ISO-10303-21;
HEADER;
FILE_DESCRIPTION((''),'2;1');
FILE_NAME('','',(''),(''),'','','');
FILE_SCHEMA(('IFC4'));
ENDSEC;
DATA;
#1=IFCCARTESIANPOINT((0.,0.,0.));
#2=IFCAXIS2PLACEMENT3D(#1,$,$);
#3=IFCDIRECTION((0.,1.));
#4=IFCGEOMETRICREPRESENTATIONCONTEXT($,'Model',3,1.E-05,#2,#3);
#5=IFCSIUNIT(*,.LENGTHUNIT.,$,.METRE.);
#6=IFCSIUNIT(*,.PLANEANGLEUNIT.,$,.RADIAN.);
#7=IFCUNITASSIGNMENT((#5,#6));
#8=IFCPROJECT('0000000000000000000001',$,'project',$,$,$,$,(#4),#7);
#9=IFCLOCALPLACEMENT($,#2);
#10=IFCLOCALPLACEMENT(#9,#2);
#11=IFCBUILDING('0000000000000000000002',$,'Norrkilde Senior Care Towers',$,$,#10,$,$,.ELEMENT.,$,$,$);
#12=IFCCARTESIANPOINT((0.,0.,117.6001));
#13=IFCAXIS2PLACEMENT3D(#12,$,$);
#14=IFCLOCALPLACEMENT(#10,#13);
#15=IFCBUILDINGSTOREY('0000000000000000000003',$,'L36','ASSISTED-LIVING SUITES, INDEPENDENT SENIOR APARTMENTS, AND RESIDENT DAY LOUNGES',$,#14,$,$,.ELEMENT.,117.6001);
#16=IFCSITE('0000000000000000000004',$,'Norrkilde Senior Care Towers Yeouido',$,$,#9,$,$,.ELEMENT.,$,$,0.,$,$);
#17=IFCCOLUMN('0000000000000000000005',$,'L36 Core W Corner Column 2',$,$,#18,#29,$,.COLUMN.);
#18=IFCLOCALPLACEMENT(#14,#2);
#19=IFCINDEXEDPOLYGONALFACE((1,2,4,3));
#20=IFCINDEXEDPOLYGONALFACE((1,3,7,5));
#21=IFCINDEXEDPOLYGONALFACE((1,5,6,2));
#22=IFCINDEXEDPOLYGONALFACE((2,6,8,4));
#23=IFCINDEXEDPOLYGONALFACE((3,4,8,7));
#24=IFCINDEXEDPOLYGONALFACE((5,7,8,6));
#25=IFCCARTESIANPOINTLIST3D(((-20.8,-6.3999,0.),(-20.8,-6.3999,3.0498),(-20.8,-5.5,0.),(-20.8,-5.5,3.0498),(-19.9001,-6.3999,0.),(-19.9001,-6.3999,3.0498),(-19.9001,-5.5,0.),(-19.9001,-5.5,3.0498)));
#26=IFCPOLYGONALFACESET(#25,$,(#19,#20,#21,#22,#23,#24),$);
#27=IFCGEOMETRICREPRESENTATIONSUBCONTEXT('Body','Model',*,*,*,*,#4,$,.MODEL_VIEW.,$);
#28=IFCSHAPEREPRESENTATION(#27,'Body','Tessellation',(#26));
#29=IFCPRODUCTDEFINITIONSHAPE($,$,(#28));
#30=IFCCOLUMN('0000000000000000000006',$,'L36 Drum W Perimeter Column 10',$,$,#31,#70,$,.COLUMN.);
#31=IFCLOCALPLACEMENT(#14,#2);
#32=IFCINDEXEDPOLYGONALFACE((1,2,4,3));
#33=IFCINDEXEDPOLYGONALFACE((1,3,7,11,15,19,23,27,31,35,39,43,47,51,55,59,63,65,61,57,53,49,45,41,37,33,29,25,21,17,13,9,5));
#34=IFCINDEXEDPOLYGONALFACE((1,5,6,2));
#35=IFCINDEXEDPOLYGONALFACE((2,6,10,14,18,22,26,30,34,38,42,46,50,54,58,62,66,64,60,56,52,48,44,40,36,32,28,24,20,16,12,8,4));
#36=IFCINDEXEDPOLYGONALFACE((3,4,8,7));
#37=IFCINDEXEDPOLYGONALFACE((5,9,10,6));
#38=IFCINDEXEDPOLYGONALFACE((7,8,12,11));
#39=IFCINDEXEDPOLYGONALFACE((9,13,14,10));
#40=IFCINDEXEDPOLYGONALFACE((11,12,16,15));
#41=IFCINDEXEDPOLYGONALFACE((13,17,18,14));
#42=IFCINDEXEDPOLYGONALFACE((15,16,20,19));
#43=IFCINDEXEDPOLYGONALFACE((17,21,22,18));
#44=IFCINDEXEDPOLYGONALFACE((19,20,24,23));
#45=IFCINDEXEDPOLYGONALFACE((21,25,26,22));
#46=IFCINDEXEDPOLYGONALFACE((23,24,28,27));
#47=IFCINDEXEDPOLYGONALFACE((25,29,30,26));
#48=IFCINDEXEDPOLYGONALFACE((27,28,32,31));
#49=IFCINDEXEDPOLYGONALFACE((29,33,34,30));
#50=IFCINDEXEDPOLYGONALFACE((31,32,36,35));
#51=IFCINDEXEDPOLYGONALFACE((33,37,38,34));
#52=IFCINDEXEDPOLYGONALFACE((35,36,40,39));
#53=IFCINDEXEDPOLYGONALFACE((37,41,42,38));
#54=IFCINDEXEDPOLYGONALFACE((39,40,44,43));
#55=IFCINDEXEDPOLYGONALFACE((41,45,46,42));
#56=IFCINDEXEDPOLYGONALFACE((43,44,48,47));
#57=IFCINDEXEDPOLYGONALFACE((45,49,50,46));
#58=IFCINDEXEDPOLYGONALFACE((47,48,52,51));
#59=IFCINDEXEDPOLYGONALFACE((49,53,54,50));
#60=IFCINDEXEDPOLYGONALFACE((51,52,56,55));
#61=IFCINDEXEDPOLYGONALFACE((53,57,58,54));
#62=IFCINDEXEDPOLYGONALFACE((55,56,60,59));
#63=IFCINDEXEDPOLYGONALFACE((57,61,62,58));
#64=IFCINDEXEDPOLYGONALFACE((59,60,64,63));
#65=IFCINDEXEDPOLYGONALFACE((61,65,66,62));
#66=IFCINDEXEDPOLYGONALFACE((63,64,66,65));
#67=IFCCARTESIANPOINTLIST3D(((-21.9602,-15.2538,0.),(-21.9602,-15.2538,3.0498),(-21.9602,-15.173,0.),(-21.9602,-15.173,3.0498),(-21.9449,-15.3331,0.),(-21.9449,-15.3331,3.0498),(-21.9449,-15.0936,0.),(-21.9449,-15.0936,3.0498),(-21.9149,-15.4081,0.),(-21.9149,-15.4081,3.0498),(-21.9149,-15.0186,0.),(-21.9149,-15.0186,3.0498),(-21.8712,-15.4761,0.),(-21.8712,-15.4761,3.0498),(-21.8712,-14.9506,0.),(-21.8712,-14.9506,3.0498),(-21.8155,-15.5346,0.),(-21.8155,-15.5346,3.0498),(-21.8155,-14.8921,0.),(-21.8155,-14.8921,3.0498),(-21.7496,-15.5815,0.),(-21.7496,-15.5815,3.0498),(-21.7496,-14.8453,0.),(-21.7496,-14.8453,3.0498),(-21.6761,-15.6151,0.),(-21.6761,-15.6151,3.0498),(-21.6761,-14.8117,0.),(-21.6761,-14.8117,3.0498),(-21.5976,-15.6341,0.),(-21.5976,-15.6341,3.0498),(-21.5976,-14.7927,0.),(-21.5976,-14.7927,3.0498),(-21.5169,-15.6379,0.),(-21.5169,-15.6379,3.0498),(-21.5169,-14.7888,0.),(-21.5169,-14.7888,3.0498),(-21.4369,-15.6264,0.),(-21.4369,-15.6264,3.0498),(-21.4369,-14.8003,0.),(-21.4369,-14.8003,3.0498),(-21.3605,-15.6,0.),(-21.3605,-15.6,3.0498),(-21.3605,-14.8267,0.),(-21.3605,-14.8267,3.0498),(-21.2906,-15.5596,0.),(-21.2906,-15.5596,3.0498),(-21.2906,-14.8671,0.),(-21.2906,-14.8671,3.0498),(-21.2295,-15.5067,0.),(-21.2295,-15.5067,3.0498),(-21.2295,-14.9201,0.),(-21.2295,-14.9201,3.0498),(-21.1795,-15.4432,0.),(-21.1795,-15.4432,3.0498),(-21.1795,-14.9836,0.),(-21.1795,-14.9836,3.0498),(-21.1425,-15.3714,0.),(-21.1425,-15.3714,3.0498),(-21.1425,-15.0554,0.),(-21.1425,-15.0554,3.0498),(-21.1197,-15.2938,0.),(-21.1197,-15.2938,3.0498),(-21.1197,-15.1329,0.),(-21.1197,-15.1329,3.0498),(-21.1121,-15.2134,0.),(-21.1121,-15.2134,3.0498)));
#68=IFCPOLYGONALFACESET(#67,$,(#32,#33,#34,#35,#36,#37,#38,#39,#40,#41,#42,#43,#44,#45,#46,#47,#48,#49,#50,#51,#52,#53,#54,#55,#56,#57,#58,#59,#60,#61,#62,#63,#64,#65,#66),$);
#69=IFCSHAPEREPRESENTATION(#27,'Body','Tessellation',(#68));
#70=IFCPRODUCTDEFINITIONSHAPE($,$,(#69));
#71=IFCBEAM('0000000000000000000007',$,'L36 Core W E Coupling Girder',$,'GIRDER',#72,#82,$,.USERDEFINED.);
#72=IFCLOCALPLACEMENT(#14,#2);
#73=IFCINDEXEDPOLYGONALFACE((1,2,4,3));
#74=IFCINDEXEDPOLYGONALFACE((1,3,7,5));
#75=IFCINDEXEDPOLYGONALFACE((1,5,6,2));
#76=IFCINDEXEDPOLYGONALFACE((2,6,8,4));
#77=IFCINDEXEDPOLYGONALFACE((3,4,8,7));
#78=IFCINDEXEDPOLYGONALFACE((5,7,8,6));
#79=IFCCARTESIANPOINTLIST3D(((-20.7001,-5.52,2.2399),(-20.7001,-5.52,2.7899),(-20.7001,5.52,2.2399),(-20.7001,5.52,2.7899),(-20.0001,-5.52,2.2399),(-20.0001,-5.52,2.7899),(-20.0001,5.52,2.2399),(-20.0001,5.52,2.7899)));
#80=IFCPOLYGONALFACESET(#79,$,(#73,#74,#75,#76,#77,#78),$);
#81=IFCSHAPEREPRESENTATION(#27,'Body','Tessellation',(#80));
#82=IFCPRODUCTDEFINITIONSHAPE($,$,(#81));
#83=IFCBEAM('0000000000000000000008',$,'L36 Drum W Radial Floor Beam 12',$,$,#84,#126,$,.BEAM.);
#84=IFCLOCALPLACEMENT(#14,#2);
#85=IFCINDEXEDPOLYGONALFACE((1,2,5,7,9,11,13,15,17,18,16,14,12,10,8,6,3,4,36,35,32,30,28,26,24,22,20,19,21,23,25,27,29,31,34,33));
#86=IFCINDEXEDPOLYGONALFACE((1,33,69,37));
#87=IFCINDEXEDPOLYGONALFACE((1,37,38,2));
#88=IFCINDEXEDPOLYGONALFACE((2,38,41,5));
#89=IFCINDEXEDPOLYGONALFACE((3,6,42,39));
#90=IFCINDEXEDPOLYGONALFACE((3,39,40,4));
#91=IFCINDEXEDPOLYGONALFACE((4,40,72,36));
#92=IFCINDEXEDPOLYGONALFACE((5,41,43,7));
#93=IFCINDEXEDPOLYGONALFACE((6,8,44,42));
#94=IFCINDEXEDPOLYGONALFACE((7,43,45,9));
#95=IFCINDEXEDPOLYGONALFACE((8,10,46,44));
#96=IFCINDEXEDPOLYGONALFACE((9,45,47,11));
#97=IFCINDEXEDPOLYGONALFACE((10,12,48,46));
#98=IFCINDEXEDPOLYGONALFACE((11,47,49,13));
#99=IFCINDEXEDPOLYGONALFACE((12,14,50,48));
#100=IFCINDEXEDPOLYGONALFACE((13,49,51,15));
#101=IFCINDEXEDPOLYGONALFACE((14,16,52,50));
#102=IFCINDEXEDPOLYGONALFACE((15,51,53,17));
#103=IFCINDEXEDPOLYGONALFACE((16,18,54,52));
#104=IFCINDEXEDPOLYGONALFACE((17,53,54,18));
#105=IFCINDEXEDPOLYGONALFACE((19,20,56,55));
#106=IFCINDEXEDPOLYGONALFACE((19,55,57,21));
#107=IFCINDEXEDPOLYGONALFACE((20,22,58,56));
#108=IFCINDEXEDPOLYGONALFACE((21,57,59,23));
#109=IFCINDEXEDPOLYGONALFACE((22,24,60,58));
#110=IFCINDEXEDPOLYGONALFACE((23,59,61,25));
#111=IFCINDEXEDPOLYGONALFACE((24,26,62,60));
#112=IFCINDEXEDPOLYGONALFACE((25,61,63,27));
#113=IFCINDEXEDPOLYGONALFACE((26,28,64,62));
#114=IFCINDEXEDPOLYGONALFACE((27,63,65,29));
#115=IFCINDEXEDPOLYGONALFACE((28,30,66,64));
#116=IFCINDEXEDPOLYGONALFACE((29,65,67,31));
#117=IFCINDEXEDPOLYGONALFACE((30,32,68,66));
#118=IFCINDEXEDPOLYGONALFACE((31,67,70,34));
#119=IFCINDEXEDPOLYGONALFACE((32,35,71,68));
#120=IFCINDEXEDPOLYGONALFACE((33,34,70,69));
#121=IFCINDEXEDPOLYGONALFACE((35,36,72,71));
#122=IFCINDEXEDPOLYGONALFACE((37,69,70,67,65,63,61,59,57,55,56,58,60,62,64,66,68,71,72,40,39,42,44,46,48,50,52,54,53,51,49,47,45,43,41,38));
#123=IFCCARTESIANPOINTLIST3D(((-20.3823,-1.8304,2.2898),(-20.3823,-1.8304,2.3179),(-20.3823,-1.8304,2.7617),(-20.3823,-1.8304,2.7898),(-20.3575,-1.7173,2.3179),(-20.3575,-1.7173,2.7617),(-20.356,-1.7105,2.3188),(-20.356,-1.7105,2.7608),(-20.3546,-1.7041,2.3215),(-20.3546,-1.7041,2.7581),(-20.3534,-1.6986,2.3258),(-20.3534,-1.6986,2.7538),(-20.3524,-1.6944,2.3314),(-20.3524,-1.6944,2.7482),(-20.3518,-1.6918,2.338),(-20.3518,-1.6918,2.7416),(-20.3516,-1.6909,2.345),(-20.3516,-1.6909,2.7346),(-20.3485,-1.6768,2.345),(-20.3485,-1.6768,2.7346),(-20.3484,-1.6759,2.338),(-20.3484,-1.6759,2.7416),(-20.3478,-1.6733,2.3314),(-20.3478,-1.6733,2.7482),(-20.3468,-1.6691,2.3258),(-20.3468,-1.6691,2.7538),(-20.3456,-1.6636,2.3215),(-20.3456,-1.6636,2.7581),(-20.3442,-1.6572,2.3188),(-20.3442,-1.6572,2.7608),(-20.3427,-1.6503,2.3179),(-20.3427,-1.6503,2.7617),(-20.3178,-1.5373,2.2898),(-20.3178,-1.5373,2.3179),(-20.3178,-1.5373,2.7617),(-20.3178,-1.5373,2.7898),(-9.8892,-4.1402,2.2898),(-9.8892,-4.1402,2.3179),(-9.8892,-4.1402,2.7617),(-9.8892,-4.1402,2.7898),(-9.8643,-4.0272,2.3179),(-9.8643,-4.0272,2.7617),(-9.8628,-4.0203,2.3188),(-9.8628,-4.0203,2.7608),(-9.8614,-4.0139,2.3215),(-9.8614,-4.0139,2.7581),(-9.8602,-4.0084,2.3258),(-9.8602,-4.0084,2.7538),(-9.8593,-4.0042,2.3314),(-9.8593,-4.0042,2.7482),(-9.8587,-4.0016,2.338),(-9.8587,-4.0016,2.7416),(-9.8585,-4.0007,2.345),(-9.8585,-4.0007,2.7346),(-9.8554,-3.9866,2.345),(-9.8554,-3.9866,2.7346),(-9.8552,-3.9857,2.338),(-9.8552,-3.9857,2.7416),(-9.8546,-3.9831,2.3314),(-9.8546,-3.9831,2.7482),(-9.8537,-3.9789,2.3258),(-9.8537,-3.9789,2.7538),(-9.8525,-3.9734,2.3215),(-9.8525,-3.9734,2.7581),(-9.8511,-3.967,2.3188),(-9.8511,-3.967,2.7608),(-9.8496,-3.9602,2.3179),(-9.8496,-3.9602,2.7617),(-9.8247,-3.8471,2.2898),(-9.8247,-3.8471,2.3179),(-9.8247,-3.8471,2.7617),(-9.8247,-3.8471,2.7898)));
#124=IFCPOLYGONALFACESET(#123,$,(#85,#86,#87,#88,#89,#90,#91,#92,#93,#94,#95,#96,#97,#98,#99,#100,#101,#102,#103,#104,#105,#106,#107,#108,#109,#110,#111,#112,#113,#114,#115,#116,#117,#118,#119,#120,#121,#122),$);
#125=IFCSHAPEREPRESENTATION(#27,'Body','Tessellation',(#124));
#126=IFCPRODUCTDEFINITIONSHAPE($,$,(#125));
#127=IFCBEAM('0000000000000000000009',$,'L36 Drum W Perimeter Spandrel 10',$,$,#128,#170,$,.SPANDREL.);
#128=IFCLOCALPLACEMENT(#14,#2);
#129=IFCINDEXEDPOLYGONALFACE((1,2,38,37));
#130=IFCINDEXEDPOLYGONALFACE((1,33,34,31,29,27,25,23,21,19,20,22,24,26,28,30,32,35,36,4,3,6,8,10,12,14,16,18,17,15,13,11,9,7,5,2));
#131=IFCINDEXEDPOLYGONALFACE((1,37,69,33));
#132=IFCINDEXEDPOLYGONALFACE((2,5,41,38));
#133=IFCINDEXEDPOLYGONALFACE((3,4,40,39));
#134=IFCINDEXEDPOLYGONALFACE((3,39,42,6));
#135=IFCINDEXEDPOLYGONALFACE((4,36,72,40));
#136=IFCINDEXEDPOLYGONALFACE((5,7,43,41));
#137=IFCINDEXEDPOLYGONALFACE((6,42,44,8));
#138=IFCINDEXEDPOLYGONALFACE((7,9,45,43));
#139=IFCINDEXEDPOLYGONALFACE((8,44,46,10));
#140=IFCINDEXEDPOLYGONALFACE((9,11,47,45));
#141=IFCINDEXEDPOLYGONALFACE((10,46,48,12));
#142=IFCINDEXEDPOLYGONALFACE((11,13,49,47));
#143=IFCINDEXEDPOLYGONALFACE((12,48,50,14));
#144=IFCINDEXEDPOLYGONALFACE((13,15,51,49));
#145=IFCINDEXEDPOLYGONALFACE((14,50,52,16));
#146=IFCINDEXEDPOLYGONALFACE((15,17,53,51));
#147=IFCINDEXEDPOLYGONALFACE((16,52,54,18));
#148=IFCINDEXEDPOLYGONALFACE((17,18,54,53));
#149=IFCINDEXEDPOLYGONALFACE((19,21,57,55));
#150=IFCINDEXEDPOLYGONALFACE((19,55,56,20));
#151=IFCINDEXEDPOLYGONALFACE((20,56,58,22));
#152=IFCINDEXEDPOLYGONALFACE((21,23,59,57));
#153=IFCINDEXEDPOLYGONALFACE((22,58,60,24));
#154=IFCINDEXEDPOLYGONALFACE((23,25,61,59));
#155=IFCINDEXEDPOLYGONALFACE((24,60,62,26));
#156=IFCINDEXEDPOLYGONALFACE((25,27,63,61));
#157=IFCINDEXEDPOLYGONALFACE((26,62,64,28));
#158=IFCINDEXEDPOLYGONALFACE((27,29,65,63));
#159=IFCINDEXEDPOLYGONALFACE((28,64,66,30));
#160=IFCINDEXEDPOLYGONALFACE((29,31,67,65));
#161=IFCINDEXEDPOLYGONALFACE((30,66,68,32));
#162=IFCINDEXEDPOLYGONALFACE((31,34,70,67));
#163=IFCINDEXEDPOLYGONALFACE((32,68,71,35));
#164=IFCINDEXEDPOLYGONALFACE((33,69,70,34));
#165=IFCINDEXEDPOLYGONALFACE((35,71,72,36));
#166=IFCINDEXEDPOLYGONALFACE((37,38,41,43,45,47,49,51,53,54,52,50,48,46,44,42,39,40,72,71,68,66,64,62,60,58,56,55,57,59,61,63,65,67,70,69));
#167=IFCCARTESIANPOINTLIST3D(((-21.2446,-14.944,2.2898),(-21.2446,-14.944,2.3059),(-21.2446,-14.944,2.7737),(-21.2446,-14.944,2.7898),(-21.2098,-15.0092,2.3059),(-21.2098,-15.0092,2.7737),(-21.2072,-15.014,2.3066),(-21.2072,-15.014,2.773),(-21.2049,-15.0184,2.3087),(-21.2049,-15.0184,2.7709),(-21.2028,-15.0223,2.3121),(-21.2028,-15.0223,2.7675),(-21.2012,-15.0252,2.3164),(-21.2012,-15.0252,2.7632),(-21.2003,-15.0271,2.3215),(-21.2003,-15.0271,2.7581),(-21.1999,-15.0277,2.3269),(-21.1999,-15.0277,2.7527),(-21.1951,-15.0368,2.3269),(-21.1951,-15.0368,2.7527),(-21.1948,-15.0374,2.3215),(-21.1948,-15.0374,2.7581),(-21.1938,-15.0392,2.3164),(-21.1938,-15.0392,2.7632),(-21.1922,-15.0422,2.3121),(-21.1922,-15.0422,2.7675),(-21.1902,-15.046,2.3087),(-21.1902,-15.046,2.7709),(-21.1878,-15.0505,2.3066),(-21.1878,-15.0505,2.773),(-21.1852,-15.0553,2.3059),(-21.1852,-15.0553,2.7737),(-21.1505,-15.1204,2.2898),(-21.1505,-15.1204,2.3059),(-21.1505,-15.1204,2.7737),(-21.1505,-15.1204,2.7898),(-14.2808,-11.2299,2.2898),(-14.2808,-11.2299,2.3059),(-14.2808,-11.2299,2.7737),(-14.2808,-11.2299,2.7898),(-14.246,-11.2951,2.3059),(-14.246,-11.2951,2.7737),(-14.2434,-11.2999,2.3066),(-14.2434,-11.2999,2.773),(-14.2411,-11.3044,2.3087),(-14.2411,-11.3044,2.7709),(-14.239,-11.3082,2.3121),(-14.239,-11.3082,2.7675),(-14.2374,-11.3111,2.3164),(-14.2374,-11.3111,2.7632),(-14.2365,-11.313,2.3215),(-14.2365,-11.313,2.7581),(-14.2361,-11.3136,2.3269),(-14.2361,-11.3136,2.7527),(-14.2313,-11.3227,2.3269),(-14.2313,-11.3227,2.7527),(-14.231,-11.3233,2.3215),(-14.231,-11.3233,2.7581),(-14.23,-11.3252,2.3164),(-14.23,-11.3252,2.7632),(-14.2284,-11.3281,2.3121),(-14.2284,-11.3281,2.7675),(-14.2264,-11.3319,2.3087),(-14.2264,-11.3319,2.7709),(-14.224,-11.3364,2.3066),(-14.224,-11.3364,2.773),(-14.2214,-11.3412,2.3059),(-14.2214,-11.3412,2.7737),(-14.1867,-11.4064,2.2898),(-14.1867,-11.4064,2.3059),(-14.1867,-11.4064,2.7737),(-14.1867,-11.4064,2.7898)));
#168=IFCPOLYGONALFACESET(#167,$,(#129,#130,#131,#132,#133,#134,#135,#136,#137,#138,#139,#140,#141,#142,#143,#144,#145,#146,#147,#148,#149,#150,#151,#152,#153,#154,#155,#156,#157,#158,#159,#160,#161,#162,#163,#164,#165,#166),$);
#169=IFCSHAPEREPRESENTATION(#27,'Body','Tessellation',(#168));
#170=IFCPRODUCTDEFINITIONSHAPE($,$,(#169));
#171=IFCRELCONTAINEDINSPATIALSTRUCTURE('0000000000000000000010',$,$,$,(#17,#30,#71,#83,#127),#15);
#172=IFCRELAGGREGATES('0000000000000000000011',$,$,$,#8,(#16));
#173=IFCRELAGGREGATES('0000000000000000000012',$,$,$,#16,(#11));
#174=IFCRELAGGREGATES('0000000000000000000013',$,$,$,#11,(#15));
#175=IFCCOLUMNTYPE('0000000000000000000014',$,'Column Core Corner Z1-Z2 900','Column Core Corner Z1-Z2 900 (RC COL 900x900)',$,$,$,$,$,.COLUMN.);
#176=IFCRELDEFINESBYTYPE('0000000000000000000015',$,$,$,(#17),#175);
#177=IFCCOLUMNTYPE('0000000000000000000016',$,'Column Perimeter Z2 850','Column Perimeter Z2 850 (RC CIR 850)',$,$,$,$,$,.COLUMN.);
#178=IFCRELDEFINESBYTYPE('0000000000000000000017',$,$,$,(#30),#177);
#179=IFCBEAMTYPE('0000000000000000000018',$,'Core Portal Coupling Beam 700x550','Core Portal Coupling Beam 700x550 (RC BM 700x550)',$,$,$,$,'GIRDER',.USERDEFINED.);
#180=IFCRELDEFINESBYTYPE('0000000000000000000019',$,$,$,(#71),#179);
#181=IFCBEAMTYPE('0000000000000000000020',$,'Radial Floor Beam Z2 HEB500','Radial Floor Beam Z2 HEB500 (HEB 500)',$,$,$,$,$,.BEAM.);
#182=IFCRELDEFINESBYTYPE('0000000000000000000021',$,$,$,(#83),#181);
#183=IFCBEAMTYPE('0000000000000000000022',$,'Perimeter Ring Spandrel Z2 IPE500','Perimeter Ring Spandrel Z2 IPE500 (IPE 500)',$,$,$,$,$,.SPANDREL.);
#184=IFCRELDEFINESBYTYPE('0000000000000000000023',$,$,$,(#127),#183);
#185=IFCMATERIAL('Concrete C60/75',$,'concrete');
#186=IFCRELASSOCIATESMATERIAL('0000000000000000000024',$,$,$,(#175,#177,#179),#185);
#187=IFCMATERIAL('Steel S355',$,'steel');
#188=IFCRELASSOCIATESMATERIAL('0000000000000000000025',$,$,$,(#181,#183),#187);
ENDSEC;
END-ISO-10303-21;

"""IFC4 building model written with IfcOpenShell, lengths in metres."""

from ifc_helpers import new_model, si_unit, direction, frame, origin, origin_2d, place, context, subcontext, project, spatial, rectangle, circle, i_section, extrude, source, transform, mapped, material, material_profile, profile_set, type_object, type_shapes, element, save


model = new_model("IFC4")

# Units and contexts
model_context = context("Model", 3, precision=1e-05, world=origin(), true_north=direction((0.0, 1.0)))
body_context = subcontext(model_context, "Body", "Model", "MODEL_VIEW")
ifc_project = project(units=[si_unit("LENGTHUNIT", "METRE"), si_unit("PLANEANGLEUNIT", "RADIAN")], contexts=[model_context])

# Site, building, storey
site_placement = place(None, origin())
site = spatial("IfcSite", under=ifc_project, at=site_placement, Name="Norrkilde Senior Care Towers Yeouido", CompositionType="ELEMENT", RefElevation=0.0)
building_placement = place(site_placement, origin())
building = spatial("IfcBuilding", under=site, at=building_placement, Name="Norrkilde Senior Care Towers", CompositionType="ELEMENT")
storey_placement = place(building_placement, frame((0.0, 0.0, 117.6001)))
storey = spatial("IfcBuildingStorey", under=building, at=storey_placement, Name="L36", Description="ASSISTED-LIVING SUITES, INDEPENDENT SENIOR APARTMENTS, AND RESIDENT DAY LOUNGES", CompositionType="ELEMENT", Elevation=117.6001)

# Columns
ifc_material_1 = material(Name="Concrete C60/75", Category="concrete")
ifc_material_profile_1 = material_profile(ifc_material_1, rectangle(XDim=0.8999, YDim=0.8999, at=origin_2d()), Name="RC COL 900x900")
ifc_profile_set_1 = profile_set([ifc_material_profile_1], Name="Concrete C60/75")
column_type_1 = type_object("IfcColumnType", Name="Column Core Corner Z1-Z2 900", Description="Column Core Corner Z1-Z2 900 (RC COL 900x900)", PredefinedType="COLUMN", material=ifc_profile_set_1)
shared_shape_1 = source(origin(), body_context, "Body", "SweptSolid", [
    extrude(rectangle(XDim=0.8999, YDim=0.8999, at=origin_2d()), origin(), (0.0, 0.0, 1.0), 3.0498),
])
type_shapes(column_type_1, [shared_shape_1])
column_1_placement = place(storey_placement, frame((-20.3501, -5.95, 0.0), z_axis=(0.0, 0.0, 1.0), x_axis=(1.0, 0.0, 0.0)))
element("IfcColumn", 1, at=column_1_placement, inside=storey, type_object=column_type_1, Name="L36 Core W Corner Column 2", PredefinedType="COLUMN", context=body_context, shape_type="MappedRepresentation", body=[
    mapped(shared_shape_1, transform((0.0, 0.0, 0.0), x_axis=(1.0, 0.0, 0.0), y_axis=(0.0, 1.0, 0.0), z_axis=(0.0, 0.0, 1.0), scale=1.0)),
])
ifc_material_profile_2 = material_profile(ifc_material_1, circle(Radius=0.425, at=origin_2d()), Name="RC CIR 850")
ifc_profile_set_2 = profile_set([ifc_material_profile_2], Name="Concrete C60/75")
column_type_2 = type_object("IfcColumnType", Name="Column Perimeter Z2 850", Description="Column Perimeter Z2 850 (RC CIR 850)", PredefinedType="COLUMN", material=ifc_profile_set_2)
shared_shape_2 = source(origin(), body_context, "Body", "SweptSolid", [
    extrude(circle(Radius=0.425, at=origin_2d()), origin(), (0.0, 0.0, 1.0), 3.0498),
])
type_shapes(column_type_2, [shared_shape_2])
column_2_placement = place(storey_placement, frame((-21.5371, -15.2134, 0.0), z_axis=(0.0, 0.0, 1.0), x_axis=(1.0, 0.0, 0.0)))
element("IfcColumn", 2, at=column_2_placement, inside=storey, type_object=column_type_2, Name="L36 Drum W Perimeter Column 10", PredefinedType="COLUMN", context=body_context, shape_type="MappedRepresentation", body=[
    mapped(shared_shape_2, transform((0.0, 0.0, 0.0), x_axis=(1.0, 0.0, 0.0), y_axis=(0.0, 1.0, 0.0), z_axis=(0.0, 0.0, 1.0), scale=1.0)),
])

# Beams
ifc_material_profile_3 = material_profile(ifc_material_1, rectangle(XDim=0.7, YDim=0.55, at=origin_2d()), Name="RC BM 700x550")
ifc_profile_set_3 = profile_set([ifc_material_profile_3], Name="Concrete C60/75")
beam_type_1 = type_object("IfcBeamType", Name="Core Portal Coupling Beam 700x550", Description="Core Portal Coupling Beam 700x550 (RC BM 700x550)", ElementType="GIRDER", PredefinedType="USERDEFINED", material=ifc_profile_set_3)
shared_shape_3 = source(origin(), body_context, "Body", "SweptSolid", [
    extrude(rectangle(XDim=0.7, YDim=0.55, at=origin_2d()), origin(), (0.0, 0.0, 1.0), 11.04),
])
type_shapes(beam_type_1, [shared_shape_3])
beam_1_placement = place(storey_placement, frame((-20.3501, -5.52, 2.5149), z_axis=(0.0, 1.0, 0.0), x_axis=(-1.0, 0.0, 0.0)))
element("IfcBeam", 3, at=beam_1_placement, inside=storey, type_object=beam_type_1, Name="L36 Core W E Coupling Girder", ObjectType="GIRDER", PredefinedType="USERDEFINED", context=body_context, shape_type="MappedRepresentation", body=[
    mapped(shared_shape_3, transform((0.0, 0.0, 0.0), x_axis=(1.0, 0.0, 0.0), y_axis=(0.0, 1.0, 0.0), z_axis=(0.0, 0.0, 1.0), scale=1.0)),
])
ifc_material_2 = material(Name="Steel S355", Category="steel")
ifc_material_profile_4 = material_profile(ifc_material_2, i_section(OverallWidth=0.3, OverallDepth=0.5, WebThickness=0.0144, FlangeThickness=0.0281, FilletRadius=0.0271, at=origin_2d()), Name="HEB 500")
ifc_profile_set_4 = profile_set([ifc_material_profile_4], Name="Steel S355")
beam_type_2 = type_object("IfcBeamType", Name="Radial Floor Beam Z2 HEB500", Description="Radial Floor Beam Z2 HEB500 (HEB 500)", PredefinedType="BEAM", material=ifc_profile_set_4)
shared_shape_4 = source(origin(), body_context, "Body", "SweptSolid", [
    extrude(i_section(OverallWidth=0.3, OverallDepth=0.5, WebThickness=0.0144, FlangeThickness=0.0281, FilletRadius=0.0271, at=origin_2d()), origin(), (0.0, 0.0, 1.0), 10.7444),
])
beam_2_placement = place(storey_placement, frame((-20.3501, -1.6838, 2.5398), z_axis=(0.976619, -0.214979, 0.0), x_axis=(0.214979, 0.976619, 0.0)))
element("IfcBeam", 4, at=beam_2_placement, inside=storey, type_object=beam_type_2, Name="L36 Drum W Radial Floor Beam 12", PredefinedType="BEAM", context=body_context, shape_type="MappedRepresentation", body=[
    mapped(shared_shape_4, transform((0.0, 0.0, 0.0), x_axis=(1.0, 0.0, 0.0), y_axis=(0.0, 1.0, 0.0), z_axis=(0.0, 0.0, 1.0), scale=1.0)),
])
ifc_material_profile_5 = material_profile(ifc_material_2, i_section(OverallWidth=0.2, OverallDepth=0.5, WebThickness=0.0103, FlangeThickness=0.0161, FilletRadius=0.021, at=origin_2d()), Name="IPE 500")
ifc_profile_set_5 = profile_set([ifc_material_profile_5], Name="Steel S355")
beam_type_3 = type_object("IfcBeamType", Name="Perimeter Ring Spandrel Z2 IPE500", Description="Perimeter Ring Spandrel Z2 IPE500 (IPE 500)", PredefinedType="SPANDREL", material=ifc_profile_set_5)
shared_shape_5 = source(origin(), body_context, "Body", "SweptSolid", [
    extrude(i_section(OverallWidth=0.2, OverallDepth=0.5, WebThickness=0.0103, FlangeThickness=0.0161, FilletRadius=0.021, at=origin_2d()), origin(), (0.0, 0.0, 1.0), 7.8923),
])
type_shapes(beam_type_3, [shared_shape_5])
beam_3_placement = place(storey_placement, frame((-21.1975, -15.0322, 2.5398), z_axis=(0.88235, 0.470593, 0.0), x_axis=(-0.470593, 0.88235, 0.0)))
element("IfcBeam", 5, at=beam_3_placement, inside=storey, type_object=beam_type_3, Name="L36 Drum W Perimeter Spandrel 10", PredefinedType="SPANDREL", context=body_context, shape_type="MappedRepresentation", body=[
    mapped(shared_shape_5, transform((0.0, 0.0, 0.0), x_axis=(1.0, 0.0, 0.0), y_axis=(0.0, 1.0, 0.0), z_axis=(0.0, 0.0, 1.0), scale=1.0)),
])

save(model, "model.ifc")
